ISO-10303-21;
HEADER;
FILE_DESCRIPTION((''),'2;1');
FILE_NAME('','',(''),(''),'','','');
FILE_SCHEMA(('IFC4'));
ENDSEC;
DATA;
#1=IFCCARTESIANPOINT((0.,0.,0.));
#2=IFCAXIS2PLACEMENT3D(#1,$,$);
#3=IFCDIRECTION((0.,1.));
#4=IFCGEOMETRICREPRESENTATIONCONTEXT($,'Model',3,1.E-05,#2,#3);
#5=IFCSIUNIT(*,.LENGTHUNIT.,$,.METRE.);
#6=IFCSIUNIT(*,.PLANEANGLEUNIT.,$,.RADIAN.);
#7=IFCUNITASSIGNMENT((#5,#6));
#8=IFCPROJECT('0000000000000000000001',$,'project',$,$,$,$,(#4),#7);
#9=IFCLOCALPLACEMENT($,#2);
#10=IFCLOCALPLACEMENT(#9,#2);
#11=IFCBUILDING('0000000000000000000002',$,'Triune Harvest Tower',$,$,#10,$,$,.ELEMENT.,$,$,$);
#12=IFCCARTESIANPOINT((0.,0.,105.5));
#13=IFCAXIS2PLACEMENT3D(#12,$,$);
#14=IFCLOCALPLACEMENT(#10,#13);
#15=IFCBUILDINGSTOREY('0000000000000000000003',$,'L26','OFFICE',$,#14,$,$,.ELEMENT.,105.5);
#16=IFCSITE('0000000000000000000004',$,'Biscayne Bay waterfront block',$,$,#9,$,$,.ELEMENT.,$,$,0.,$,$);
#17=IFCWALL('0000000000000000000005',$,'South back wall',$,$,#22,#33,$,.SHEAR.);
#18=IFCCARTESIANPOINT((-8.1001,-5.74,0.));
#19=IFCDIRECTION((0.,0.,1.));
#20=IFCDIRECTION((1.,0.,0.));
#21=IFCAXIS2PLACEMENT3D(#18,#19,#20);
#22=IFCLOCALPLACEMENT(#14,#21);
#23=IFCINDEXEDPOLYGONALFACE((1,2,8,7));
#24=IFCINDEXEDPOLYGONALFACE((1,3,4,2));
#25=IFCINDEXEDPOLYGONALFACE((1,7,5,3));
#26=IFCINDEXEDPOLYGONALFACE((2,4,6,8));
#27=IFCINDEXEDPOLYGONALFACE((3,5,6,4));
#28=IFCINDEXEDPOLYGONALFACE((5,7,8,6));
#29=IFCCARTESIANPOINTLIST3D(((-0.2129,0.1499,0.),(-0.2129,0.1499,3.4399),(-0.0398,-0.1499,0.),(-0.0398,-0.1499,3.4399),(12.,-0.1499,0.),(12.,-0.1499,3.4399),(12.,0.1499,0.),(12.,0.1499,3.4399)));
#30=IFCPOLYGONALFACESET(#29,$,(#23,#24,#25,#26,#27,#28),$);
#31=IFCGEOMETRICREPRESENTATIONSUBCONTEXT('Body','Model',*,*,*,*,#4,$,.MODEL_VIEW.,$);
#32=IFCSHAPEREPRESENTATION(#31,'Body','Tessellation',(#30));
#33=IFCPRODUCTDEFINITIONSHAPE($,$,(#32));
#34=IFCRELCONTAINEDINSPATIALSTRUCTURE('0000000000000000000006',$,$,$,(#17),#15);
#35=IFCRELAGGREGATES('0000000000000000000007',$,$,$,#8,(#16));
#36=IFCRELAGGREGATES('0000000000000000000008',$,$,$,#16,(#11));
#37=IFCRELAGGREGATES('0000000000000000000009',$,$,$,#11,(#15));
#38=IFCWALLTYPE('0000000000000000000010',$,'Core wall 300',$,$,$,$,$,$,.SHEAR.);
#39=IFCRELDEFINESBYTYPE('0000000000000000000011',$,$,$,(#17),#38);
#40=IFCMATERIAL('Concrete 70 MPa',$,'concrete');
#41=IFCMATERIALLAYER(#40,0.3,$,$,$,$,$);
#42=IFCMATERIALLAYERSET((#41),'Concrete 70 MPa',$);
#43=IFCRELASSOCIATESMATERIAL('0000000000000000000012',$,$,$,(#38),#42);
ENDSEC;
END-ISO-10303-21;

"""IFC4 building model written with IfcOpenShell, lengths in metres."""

from ifc_helpers import new_model, si_unit, direction, frame, origin, place, context, subcontext, project, spatial, polyline, outline, extrude, source, transform, mapped, material, layer, layer_set, type_object, element, save


model = new_model("IFC4")

# Units and contexts
model_context = context("Model", 3, precision=1e-05, world=origin(), true_north=direction((0.0, 1.0)))
body_context = subcontext(model_context, "Body", "Model", "MODEL_VIEW")
ifc_project = project(units=[si_unit("LENGTHUNIT", "METRE"), si_unit("PLANEANGLEUNIT", "RADIAN")], contexts=[model_context])

# Site, building, storey
site_placement = place(None, origin())
site = spatial("IfcSite", under=ifc_project, at=site_placement, Name="Biscayne Bay waterfront block", CompositionType="ELEMENT", RefElevation=0.0)
building_placement = place(site_placement, origin())
building = spatial("IfcBuilding", under=site, at=building_placement, Name="Triune Harvest Tower", CompositionType="ELEMENT")
storey_placement = place(building_placement, frame((0.0, 0.0, 105.5)))
storey = spatial("IfcBuildingStorey", under=building, at=storey_placement, Name="L26", Description="OFFICE", CompositionType="ELEMENT", Elevation=105.5)

# Shared definitions
ifc_material_1 = material(Name="Concrete 70 MPa", Category="concrete")
ifc_layer_1 = layer(ifc_material_1, 0.3)
ifc_layer_set_1 = layer_set([ifc_layer_1], Name="Concrete 70 MPa")
wall_type_1 = type_object("IfcWallType", Name="Core wall 300", PredefinedType="SHEAR", material=ifc_layer_set_1)

# Wall
shared_shape_1 = source(origin(), body_context, "Body", "SweptSolid", [
    extrude(outline(polyline([(12.0, -0.1499), (-0.0398, -0.1499), (-0.2129, 0.1499), (12.0, 0.1499), (12.0, -0.1499)])), origin(), (0.0, 0.0, 1.0), 3.4399),
])
wall_1_placement = place(storey_placement, frame((-8.1001, -5.74, 0.0), z_axis=(0.0, 0.0, 1.0), x_axis=(1.0, 0.0, 0.0)))
element("IfcWall", 1, at=wall_1_placement, inside=storey, type_object=wall_type_1, Name="South back wall", PredefinedType="SHEAR", context=body_context, shape_type="MappedRepresentation", body=[
    mapped(shared_shape_1, transform((0.0, 0.0, 0.0), scale=1.0)),
])

save(model, "model.ifc")
